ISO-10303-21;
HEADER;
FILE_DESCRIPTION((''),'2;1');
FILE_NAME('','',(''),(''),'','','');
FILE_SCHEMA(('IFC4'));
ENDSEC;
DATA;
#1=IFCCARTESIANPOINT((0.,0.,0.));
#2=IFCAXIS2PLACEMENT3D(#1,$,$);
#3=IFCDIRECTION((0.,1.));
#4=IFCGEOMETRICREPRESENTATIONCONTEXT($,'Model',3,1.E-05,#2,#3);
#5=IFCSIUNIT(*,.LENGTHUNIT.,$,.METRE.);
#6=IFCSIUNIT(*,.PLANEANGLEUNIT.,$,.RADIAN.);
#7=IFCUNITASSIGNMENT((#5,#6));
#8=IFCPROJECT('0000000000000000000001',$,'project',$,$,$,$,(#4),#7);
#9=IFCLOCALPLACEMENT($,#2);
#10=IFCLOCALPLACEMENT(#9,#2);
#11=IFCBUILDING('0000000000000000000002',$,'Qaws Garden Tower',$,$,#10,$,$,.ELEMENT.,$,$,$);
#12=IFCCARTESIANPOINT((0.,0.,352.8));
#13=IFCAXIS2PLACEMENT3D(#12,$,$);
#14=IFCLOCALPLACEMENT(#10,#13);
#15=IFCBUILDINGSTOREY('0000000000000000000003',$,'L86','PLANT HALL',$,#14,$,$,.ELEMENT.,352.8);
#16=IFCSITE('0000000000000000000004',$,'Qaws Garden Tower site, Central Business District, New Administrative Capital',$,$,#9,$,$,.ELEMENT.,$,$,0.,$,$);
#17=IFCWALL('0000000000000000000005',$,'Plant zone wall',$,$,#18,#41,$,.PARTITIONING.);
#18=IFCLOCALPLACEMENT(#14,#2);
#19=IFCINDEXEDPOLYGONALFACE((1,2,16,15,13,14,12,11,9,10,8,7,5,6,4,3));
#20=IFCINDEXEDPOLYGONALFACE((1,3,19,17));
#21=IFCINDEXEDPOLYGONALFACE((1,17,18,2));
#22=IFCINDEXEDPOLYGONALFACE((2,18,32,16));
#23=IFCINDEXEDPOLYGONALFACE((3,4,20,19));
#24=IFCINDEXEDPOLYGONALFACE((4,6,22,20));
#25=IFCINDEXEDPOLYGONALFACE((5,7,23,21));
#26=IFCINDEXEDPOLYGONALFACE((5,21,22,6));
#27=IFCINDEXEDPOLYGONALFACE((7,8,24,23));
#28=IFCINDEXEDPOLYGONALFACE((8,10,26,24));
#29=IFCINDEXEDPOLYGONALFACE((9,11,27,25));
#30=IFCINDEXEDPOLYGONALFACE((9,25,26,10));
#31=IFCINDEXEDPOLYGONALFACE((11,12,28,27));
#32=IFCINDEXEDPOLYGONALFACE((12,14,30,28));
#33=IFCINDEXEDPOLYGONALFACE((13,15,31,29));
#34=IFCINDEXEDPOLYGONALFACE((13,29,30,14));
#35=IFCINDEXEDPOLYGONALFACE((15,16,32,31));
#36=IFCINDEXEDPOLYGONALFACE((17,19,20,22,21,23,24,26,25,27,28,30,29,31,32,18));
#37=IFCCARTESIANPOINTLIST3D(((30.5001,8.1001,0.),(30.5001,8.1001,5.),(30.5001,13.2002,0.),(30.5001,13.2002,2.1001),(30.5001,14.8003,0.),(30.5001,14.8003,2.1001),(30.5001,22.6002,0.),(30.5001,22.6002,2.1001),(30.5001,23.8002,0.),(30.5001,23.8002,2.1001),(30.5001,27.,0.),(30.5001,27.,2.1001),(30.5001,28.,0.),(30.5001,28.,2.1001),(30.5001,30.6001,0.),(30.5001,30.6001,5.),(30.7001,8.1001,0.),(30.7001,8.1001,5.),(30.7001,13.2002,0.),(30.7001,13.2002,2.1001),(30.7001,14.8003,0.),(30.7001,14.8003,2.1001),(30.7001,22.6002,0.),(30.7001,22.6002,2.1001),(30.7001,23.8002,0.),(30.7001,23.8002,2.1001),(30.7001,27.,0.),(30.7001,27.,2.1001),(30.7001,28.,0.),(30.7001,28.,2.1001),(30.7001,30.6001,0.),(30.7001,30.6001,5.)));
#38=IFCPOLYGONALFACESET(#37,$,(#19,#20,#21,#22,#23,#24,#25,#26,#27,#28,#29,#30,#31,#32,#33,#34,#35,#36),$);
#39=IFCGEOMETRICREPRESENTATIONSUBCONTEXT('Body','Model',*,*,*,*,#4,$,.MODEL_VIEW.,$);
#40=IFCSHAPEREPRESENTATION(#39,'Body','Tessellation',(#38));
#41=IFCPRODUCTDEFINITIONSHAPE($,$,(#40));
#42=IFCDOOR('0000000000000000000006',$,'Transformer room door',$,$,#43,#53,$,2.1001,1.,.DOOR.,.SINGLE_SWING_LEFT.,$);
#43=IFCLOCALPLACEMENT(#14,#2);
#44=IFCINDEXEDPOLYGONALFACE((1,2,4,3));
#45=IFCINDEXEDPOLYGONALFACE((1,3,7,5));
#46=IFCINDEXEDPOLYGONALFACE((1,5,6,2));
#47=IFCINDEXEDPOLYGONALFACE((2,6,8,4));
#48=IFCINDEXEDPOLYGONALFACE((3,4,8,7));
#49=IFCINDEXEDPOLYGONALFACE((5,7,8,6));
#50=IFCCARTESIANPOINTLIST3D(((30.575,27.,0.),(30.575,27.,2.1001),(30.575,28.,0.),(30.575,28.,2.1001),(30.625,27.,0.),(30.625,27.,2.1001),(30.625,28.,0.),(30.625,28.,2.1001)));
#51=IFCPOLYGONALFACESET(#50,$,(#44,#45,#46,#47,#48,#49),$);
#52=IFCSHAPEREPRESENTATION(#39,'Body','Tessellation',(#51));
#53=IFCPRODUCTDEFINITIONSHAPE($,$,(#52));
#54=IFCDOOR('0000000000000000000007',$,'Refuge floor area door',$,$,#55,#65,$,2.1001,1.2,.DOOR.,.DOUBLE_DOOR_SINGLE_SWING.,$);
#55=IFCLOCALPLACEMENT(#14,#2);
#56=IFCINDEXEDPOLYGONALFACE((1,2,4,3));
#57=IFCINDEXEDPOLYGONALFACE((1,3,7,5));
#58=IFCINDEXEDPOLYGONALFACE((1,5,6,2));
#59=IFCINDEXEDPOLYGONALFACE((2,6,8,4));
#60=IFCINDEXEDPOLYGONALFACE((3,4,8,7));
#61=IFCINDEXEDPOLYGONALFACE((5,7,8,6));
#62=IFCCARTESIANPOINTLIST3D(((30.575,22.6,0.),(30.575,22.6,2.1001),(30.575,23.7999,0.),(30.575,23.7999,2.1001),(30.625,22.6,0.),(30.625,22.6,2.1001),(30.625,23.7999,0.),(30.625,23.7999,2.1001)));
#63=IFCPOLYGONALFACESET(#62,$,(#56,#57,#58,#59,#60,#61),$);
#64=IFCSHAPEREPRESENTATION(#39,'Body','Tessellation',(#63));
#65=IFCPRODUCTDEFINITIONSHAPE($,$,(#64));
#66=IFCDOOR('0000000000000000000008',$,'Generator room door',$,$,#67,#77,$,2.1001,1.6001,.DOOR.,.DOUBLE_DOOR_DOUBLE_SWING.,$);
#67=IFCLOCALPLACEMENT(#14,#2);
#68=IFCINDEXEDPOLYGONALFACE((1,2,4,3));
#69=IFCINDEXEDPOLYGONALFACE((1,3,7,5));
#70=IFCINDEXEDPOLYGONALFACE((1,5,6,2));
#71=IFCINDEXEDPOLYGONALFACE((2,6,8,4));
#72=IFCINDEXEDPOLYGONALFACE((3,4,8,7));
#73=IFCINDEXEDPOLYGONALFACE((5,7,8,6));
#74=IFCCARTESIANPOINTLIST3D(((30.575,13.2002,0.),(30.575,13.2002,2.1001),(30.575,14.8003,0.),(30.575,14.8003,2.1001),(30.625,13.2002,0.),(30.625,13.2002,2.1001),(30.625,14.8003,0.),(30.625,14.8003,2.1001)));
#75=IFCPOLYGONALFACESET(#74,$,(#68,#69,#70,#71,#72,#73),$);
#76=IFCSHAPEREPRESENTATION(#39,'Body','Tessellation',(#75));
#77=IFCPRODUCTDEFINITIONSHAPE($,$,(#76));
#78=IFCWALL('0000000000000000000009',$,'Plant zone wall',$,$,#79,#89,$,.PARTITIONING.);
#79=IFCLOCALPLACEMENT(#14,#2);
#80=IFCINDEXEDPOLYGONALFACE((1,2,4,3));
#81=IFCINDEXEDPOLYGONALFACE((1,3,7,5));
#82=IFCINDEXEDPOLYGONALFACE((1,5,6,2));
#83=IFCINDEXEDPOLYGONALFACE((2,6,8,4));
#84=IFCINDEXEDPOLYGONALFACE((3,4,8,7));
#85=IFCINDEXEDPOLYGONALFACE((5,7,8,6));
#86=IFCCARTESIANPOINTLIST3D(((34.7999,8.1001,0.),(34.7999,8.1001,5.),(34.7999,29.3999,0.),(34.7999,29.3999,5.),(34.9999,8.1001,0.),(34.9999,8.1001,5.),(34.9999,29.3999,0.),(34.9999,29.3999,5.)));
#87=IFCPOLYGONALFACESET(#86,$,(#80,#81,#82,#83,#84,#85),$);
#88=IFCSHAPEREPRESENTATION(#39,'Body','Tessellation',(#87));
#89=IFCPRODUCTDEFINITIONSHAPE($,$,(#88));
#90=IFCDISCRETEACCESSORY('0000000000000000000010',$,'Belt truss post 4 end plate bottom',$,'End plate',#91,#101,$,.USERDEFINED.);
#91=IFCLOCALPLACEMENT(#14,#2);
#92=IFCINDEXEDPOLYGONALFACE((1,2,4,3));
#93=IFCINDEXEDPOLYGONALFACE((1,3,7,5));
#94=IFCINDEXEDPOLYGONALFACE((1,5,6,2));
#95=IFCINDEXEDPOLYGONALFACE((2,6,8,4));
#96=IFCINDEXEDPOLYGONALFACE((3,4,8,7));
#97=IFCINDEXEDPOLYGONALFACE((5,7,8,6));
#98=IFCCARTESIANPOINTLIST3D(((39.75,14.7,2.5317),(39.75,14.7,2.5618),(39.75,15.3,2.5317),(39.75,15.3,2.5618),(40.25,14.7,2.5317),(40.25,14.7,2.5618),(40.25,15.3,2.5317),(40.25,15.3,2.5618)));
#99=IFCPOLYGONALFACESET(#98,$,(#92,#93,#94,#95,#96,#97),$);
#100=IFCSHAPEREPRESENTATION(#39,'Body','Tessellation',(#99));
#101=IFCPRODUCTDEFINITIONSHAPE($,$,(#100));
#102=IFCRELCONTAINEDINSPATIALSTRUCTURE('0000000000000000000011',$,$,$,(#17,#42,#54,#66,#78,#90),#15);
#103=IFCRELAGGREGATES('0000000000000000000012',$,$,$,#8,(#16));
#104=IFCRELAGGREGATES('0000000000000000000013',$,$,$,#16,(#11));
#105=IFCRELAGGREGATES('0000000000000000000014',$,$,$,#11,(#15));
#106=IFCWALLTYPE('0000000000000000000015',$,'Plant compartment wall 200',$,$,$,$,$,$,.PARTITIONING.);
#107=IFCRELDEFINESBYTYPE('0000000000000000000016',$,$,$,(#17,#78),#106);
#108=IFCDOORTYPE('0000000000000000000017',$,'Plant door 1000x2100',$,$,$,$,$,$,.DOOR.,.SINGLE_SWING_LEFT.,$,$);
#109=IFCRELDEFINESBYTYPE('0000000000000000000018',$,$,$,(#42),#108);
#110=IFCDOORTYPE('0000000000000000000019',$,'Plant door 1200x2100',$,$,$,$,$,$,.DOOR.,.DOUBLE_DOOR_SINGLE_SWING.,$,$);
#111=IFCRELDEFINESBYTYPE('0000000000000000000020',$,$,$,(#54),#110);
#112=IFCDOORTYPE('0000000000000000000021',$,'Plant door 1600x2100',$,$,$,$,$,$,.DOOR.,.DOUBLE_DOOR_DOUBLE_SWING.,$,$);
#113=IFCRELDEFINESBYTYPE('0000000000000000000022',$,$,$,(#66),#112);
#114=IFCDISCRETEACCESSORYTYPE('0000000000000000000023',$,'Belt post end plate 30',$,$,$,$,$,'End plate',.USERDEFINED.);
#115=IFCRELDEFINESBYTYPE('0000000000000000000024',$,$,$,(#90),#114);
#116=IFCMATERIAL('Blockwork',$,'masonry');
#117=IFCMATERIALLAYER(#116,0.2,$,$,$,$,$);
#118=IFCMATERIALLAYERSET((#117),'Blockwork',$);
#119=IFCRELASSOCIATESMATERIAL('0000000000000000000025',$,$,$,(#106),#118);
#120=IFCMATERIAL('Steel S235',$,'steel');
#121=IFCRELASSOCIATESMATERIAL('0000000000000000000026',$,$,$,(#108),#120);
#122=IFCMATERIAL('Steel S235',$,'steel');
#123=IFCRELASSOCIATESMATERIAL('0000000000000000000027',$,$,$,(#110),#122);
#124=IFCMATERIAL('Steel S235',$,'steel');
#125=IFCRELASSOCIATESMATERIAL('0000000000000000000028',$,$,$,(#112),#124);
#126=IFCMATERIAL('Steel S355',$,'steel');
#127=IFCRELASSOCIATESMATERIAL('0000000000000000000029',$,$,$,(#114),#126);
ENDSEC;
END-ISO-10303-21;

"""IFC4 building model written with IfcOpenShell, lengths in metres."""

from ifc_helpers import new_model, si_unit, direction, frame, frame_2d, origin, origin_2d, place, context, subcontext, project, spatial, rectangle, extrude, material, layer, layer_set, type_object, element, fill, save


model = new_model("IFC4")

# Units and contexts
model_context = context("Model", 3, precision=1e-05, world=origin(), true_north=direction((0.0, 1.0)))
body_context = subcontext(model_context, "Body", "Model", "MODEL_VIEW")
ifc_project = project(units=[si_unit("LENGTHUNIT", "METRE"), si_unit("PLANEANGLEUNIT", "RADIAN")], contexts=[model_context])

# Site, building, storey
site_placement = place(None, origin())
site = spatial("IfcSite", under=ifc_project, at=site_placement, Name="Qaws Garden Tower site, Central Business District, New Administrative Capital", CompositionType="ELEMENT", RefElevation=0.0)
building_placement = place(site_placement, origin())
building = spatial("IfcBuilding", under=site, at=building_placement, Name="Qaws Garden Tower", CompositionType="ELEMENT")
storey_placement = place(building_placement, frame((0.0, 0.0, 352.8)))
storey = spatial("IfcBuildingStorey", under=building, at=storey_placement, Name="L86", Description="PLANT HALL", CompositionType="ELEMENT", Elevation=352.8)

# Shared definitions
ifc_material_1 = material(Name="Blockwork", Category="masonry")
ifc_layer_1 = layer(ifc_material_1, 0.2)
ifc_layer_set_1 = layer_set([ifc_layer_1], Name="Blockwork")
wall_type_1 = type_object("IfcWallType", Name="Plant compartment wall 200", PredefinedType="PARTITIONING", material=ifc_layer_set_1)

# Wall, openings, doors
wall_1_placement = place(storey_placement, frame((30.6001, 8.1001, 0.0), z_axis=(0.0, 0.0, 1.0), x_axis=(0.0, 1.0, 0.0)))
wall_1 = element("IfcWall", 1, at=wall_1_placement, inside=storey, type_object=wall_type_1, Name="Plant zone wall", PredefinedType="PARTITIONING", context=body_context, shape_type="SweptSolid", body=[
    extrude(rectangle(XDim=22.5, YDim=0.2, at=frame_2d((11.25, 0.0))), origin(), (0.0, 0.0, 1.0), 5.0),
])
opening_1_placement = place(wall_1_placement, frame((5.1001, 0.0, 0.0)))
opening_1 = element("IfcOpeningElement", 2, at=opening_1_placement, cuts=wall_1, PredefinedType="OPENING", context=body_context, shape_type="SweptSolid", body=[
    extrude(rectangle(XDim=1.6001, YDim=2.1001, at=frame_2d((0.8, 1.05))), frame((0.0, 0.1099, 0.0), z_axis=(0.0, -1.0, 0.0), x_axis=(1.0, 0.0, 0.0)), (0.0, 0.0, 1.0), 0.22),
])
opening_2_placement = place(wall_1_placement, frame((14.5, 0.0, 0.0)))
opening_2 = element("IfcOpeningElement", 3, at=opening_2_placement, cuts=wall_1, PredefinedType="OPENING", context=body_context, shape_type="SweptSolid", body=[
    extrude(rectangle(XDim=1.2, YDim=2.1001, at=frame_2d((0.6001, 1.05))), frame((0.0, 0.1099, 0.0), z_axis=(0.0, -1.0, 0.0), x_axis=(1.0, 0.0, 0.0)), (0.0, 0.0, 1.0), 0.22),
])
opening_3_placement = place(wall_1_placement, frame((18.8999, 0.0, 0.0)))
opening_3 = element("IfcOpeningElement", 4, at=opening_3_placement, cuts=wall_1, PredefinedType="OPENING", context=body_context, shape_type="SweptSolid", body=[
    extrude(rectangle(XDim=1.0, YDim=2.1001, at=frame_2d((0.5, 1.05))), frame((0.0, 0.1099, 0.0), z_axis=(0.0, -1.0, 0.0), x_axis=(1.0, 0.0, 0.0)), (0.0, 0.0, 1.0), 0.22),
])
ifc_material_2 = material(Name="Steel S235", Category="steel")
door_type_1 = type_object("IfcDoorType", Name="Plant door 1000x2100", OperationType="SINGLE_SWING_LEFT", PredefinedType="DOOR", material=ifc_material_2)
door_1_placement = place(opening_3_placement, frame((1.0, 0.0, 0.0), z_axis=(0.0, 0.0, 1.0), x_axis=(-1.0, 0.0, 0.0)))
door_1 = element("IfcDoor", 5, at=door_1_placement, inside=storey, type_object=door_type_1, Name="Transformer room door", OperationType="SINGLE_SWING_LEFT", OverallHeight=2.1001, OverallWidth=1.0, PredefinedType="DOOR", context=body_context, shape_type="SweptSolid", body=[
    extrude(rectangle(XDim=1.0, YDim=2.1001, at=frame_2d((0.5, 1.05))), frame((0.0, 0.0249, 0.0), z_axis=(0.0, -1.0, 0.0), x_axis=(1.0, 0.0, 0.0)), (0.0, 0.0, 1.0), 0.05),
])
fill(opening_3, door_1)
ifc_material_3 = material(Name="Steel S235", Category="steel")
door_type_2 = type_object("IfcDoorType", Name="Plant door 1200x2100", OperationType="DOUBLE_DOOR_SINGLE_SWING", PredefinedType="DOOR", material=ifc_material_3)
door_2_placement = place(opening_2_placement, frame((1.2, 0.0, 0.0), z_axis=(0.0, 0.0, 1.0), x_axis=(-1.0, 0.0, 0.0)))
door_2 = element("IfcDoor", 6, at=door_2_placement, inside=storey, type_object=door_type_2, Name="Refuge floor area door", OperationType="DOUBLE_DOOR_SINGLE_SWING", OverallHeight=2.1001, OverallWidth=1.2, PredefinedType="DOOR", context=body_context, shape_type="SweptSolid", body=[
    extrude(rectangle(XDim=1.2, YDim=2.1001, at=frame_2d((0.6001, 1.05))), frame((0.0, 0.0249, 0.0), z_axis=(0.0, -1.0, 0.0), x_axis=(1.0, 0.0, 0.0)), (0.0, 0.0, 1.0), 0.05),
])
fill(opening_2, door_2)
ifc_material_4 = material(Name="Steel S235", Category="steel")
door_type_3 = type_object("IfcDoorType", Name="Plant door 1600x2100", OperationType="DOUBLE_DOOR_DOUBLE_SWING", PredefinedType="DOOR", material=ifc_material_4)
door_3_placement = place(opening_1_placement, frame((1.6001, 0.0, 0.0), z_axis=(0.0, 0.0, 1.0), x_axis=(-1.0, 0.0, 0.0)))
door_3 = element("IfcDoor", 7, at=door_3_placement, inside=storey, type_object=door_type_3, Name="Generator room door", OperationType="DOUBLE_DOOR_DOUBLE_SWING", OverallHeight=2.1001, OverallWidth=1.6001, PredefinedType="DOOR", context=body_context, shape_type="SweptSolid", body=[
    extrude(rectangle(XDim=1.6001, YDim=2.1001, at=frame_2d((0.8, 1.05))), frame((0.0, 0.0249, 0.0), z_axis=(0.0, -1.0, 0.0), x_axis=(1.0, 0.0, 0.0)), (0.0, 0.0, 1.0), 0.05),
])
fill(opening_1, door_3)

# Wall
wall_2_placement = place(storey_placement, frame((34.8999, 8.1001, 0.0), z_axis=(0.0, 0.0, 1.0), x_axis=(0.0, 1.0, 0.0)))
element("IfcWall", 8, at=wall_2_placement, inside=storey, type_object=wall_type_1, Name="Plant zone wall", PredefinedType="PARTITIONING", context=body_context, shape_type="SweptSolid", body=[
    extrude(rectangle(XDim=21.2998, YDim=0.2, at=frame_2d((10.6499, 0.0))), origin(), (0.0, 0.0, 1.0), 5.0),
])

# Discrete accessory
ifc_material_5 = material(Name="Steel S355", Category="steel")
discrete_accessory_type = type_object("IfcDiscreteAccessoryType", Name="Belt post end plate 30", ElementType="End plate", PredefinedType="USERDEFINED", material=ifc_material_5)
discrete_accessory_placement = place(storey_placement, frame((40.0, 15.0, 2.5317), z_axis=(0.0, 0.0, 1.0), x_axis=(1.0, 0.0, 0.0)))
element("IfcDiscreteAccessory", 9, at=discrete_accessory_placement, inside=storey, type_object=discrete_accessory_type, Name="Belt truss post 4 end plate bottom", ObjectType="End plate", PredefinedType="USERDEFINED", context=body_context, shape_type="SweptSolid", body=[
    extrude(rectangle(XDim=0.5, YDim=0.6001, at=origin_2d()), origin(), (0.0, 0.0, 1.0), 0.03),
])

save(model, "model.ifc")
